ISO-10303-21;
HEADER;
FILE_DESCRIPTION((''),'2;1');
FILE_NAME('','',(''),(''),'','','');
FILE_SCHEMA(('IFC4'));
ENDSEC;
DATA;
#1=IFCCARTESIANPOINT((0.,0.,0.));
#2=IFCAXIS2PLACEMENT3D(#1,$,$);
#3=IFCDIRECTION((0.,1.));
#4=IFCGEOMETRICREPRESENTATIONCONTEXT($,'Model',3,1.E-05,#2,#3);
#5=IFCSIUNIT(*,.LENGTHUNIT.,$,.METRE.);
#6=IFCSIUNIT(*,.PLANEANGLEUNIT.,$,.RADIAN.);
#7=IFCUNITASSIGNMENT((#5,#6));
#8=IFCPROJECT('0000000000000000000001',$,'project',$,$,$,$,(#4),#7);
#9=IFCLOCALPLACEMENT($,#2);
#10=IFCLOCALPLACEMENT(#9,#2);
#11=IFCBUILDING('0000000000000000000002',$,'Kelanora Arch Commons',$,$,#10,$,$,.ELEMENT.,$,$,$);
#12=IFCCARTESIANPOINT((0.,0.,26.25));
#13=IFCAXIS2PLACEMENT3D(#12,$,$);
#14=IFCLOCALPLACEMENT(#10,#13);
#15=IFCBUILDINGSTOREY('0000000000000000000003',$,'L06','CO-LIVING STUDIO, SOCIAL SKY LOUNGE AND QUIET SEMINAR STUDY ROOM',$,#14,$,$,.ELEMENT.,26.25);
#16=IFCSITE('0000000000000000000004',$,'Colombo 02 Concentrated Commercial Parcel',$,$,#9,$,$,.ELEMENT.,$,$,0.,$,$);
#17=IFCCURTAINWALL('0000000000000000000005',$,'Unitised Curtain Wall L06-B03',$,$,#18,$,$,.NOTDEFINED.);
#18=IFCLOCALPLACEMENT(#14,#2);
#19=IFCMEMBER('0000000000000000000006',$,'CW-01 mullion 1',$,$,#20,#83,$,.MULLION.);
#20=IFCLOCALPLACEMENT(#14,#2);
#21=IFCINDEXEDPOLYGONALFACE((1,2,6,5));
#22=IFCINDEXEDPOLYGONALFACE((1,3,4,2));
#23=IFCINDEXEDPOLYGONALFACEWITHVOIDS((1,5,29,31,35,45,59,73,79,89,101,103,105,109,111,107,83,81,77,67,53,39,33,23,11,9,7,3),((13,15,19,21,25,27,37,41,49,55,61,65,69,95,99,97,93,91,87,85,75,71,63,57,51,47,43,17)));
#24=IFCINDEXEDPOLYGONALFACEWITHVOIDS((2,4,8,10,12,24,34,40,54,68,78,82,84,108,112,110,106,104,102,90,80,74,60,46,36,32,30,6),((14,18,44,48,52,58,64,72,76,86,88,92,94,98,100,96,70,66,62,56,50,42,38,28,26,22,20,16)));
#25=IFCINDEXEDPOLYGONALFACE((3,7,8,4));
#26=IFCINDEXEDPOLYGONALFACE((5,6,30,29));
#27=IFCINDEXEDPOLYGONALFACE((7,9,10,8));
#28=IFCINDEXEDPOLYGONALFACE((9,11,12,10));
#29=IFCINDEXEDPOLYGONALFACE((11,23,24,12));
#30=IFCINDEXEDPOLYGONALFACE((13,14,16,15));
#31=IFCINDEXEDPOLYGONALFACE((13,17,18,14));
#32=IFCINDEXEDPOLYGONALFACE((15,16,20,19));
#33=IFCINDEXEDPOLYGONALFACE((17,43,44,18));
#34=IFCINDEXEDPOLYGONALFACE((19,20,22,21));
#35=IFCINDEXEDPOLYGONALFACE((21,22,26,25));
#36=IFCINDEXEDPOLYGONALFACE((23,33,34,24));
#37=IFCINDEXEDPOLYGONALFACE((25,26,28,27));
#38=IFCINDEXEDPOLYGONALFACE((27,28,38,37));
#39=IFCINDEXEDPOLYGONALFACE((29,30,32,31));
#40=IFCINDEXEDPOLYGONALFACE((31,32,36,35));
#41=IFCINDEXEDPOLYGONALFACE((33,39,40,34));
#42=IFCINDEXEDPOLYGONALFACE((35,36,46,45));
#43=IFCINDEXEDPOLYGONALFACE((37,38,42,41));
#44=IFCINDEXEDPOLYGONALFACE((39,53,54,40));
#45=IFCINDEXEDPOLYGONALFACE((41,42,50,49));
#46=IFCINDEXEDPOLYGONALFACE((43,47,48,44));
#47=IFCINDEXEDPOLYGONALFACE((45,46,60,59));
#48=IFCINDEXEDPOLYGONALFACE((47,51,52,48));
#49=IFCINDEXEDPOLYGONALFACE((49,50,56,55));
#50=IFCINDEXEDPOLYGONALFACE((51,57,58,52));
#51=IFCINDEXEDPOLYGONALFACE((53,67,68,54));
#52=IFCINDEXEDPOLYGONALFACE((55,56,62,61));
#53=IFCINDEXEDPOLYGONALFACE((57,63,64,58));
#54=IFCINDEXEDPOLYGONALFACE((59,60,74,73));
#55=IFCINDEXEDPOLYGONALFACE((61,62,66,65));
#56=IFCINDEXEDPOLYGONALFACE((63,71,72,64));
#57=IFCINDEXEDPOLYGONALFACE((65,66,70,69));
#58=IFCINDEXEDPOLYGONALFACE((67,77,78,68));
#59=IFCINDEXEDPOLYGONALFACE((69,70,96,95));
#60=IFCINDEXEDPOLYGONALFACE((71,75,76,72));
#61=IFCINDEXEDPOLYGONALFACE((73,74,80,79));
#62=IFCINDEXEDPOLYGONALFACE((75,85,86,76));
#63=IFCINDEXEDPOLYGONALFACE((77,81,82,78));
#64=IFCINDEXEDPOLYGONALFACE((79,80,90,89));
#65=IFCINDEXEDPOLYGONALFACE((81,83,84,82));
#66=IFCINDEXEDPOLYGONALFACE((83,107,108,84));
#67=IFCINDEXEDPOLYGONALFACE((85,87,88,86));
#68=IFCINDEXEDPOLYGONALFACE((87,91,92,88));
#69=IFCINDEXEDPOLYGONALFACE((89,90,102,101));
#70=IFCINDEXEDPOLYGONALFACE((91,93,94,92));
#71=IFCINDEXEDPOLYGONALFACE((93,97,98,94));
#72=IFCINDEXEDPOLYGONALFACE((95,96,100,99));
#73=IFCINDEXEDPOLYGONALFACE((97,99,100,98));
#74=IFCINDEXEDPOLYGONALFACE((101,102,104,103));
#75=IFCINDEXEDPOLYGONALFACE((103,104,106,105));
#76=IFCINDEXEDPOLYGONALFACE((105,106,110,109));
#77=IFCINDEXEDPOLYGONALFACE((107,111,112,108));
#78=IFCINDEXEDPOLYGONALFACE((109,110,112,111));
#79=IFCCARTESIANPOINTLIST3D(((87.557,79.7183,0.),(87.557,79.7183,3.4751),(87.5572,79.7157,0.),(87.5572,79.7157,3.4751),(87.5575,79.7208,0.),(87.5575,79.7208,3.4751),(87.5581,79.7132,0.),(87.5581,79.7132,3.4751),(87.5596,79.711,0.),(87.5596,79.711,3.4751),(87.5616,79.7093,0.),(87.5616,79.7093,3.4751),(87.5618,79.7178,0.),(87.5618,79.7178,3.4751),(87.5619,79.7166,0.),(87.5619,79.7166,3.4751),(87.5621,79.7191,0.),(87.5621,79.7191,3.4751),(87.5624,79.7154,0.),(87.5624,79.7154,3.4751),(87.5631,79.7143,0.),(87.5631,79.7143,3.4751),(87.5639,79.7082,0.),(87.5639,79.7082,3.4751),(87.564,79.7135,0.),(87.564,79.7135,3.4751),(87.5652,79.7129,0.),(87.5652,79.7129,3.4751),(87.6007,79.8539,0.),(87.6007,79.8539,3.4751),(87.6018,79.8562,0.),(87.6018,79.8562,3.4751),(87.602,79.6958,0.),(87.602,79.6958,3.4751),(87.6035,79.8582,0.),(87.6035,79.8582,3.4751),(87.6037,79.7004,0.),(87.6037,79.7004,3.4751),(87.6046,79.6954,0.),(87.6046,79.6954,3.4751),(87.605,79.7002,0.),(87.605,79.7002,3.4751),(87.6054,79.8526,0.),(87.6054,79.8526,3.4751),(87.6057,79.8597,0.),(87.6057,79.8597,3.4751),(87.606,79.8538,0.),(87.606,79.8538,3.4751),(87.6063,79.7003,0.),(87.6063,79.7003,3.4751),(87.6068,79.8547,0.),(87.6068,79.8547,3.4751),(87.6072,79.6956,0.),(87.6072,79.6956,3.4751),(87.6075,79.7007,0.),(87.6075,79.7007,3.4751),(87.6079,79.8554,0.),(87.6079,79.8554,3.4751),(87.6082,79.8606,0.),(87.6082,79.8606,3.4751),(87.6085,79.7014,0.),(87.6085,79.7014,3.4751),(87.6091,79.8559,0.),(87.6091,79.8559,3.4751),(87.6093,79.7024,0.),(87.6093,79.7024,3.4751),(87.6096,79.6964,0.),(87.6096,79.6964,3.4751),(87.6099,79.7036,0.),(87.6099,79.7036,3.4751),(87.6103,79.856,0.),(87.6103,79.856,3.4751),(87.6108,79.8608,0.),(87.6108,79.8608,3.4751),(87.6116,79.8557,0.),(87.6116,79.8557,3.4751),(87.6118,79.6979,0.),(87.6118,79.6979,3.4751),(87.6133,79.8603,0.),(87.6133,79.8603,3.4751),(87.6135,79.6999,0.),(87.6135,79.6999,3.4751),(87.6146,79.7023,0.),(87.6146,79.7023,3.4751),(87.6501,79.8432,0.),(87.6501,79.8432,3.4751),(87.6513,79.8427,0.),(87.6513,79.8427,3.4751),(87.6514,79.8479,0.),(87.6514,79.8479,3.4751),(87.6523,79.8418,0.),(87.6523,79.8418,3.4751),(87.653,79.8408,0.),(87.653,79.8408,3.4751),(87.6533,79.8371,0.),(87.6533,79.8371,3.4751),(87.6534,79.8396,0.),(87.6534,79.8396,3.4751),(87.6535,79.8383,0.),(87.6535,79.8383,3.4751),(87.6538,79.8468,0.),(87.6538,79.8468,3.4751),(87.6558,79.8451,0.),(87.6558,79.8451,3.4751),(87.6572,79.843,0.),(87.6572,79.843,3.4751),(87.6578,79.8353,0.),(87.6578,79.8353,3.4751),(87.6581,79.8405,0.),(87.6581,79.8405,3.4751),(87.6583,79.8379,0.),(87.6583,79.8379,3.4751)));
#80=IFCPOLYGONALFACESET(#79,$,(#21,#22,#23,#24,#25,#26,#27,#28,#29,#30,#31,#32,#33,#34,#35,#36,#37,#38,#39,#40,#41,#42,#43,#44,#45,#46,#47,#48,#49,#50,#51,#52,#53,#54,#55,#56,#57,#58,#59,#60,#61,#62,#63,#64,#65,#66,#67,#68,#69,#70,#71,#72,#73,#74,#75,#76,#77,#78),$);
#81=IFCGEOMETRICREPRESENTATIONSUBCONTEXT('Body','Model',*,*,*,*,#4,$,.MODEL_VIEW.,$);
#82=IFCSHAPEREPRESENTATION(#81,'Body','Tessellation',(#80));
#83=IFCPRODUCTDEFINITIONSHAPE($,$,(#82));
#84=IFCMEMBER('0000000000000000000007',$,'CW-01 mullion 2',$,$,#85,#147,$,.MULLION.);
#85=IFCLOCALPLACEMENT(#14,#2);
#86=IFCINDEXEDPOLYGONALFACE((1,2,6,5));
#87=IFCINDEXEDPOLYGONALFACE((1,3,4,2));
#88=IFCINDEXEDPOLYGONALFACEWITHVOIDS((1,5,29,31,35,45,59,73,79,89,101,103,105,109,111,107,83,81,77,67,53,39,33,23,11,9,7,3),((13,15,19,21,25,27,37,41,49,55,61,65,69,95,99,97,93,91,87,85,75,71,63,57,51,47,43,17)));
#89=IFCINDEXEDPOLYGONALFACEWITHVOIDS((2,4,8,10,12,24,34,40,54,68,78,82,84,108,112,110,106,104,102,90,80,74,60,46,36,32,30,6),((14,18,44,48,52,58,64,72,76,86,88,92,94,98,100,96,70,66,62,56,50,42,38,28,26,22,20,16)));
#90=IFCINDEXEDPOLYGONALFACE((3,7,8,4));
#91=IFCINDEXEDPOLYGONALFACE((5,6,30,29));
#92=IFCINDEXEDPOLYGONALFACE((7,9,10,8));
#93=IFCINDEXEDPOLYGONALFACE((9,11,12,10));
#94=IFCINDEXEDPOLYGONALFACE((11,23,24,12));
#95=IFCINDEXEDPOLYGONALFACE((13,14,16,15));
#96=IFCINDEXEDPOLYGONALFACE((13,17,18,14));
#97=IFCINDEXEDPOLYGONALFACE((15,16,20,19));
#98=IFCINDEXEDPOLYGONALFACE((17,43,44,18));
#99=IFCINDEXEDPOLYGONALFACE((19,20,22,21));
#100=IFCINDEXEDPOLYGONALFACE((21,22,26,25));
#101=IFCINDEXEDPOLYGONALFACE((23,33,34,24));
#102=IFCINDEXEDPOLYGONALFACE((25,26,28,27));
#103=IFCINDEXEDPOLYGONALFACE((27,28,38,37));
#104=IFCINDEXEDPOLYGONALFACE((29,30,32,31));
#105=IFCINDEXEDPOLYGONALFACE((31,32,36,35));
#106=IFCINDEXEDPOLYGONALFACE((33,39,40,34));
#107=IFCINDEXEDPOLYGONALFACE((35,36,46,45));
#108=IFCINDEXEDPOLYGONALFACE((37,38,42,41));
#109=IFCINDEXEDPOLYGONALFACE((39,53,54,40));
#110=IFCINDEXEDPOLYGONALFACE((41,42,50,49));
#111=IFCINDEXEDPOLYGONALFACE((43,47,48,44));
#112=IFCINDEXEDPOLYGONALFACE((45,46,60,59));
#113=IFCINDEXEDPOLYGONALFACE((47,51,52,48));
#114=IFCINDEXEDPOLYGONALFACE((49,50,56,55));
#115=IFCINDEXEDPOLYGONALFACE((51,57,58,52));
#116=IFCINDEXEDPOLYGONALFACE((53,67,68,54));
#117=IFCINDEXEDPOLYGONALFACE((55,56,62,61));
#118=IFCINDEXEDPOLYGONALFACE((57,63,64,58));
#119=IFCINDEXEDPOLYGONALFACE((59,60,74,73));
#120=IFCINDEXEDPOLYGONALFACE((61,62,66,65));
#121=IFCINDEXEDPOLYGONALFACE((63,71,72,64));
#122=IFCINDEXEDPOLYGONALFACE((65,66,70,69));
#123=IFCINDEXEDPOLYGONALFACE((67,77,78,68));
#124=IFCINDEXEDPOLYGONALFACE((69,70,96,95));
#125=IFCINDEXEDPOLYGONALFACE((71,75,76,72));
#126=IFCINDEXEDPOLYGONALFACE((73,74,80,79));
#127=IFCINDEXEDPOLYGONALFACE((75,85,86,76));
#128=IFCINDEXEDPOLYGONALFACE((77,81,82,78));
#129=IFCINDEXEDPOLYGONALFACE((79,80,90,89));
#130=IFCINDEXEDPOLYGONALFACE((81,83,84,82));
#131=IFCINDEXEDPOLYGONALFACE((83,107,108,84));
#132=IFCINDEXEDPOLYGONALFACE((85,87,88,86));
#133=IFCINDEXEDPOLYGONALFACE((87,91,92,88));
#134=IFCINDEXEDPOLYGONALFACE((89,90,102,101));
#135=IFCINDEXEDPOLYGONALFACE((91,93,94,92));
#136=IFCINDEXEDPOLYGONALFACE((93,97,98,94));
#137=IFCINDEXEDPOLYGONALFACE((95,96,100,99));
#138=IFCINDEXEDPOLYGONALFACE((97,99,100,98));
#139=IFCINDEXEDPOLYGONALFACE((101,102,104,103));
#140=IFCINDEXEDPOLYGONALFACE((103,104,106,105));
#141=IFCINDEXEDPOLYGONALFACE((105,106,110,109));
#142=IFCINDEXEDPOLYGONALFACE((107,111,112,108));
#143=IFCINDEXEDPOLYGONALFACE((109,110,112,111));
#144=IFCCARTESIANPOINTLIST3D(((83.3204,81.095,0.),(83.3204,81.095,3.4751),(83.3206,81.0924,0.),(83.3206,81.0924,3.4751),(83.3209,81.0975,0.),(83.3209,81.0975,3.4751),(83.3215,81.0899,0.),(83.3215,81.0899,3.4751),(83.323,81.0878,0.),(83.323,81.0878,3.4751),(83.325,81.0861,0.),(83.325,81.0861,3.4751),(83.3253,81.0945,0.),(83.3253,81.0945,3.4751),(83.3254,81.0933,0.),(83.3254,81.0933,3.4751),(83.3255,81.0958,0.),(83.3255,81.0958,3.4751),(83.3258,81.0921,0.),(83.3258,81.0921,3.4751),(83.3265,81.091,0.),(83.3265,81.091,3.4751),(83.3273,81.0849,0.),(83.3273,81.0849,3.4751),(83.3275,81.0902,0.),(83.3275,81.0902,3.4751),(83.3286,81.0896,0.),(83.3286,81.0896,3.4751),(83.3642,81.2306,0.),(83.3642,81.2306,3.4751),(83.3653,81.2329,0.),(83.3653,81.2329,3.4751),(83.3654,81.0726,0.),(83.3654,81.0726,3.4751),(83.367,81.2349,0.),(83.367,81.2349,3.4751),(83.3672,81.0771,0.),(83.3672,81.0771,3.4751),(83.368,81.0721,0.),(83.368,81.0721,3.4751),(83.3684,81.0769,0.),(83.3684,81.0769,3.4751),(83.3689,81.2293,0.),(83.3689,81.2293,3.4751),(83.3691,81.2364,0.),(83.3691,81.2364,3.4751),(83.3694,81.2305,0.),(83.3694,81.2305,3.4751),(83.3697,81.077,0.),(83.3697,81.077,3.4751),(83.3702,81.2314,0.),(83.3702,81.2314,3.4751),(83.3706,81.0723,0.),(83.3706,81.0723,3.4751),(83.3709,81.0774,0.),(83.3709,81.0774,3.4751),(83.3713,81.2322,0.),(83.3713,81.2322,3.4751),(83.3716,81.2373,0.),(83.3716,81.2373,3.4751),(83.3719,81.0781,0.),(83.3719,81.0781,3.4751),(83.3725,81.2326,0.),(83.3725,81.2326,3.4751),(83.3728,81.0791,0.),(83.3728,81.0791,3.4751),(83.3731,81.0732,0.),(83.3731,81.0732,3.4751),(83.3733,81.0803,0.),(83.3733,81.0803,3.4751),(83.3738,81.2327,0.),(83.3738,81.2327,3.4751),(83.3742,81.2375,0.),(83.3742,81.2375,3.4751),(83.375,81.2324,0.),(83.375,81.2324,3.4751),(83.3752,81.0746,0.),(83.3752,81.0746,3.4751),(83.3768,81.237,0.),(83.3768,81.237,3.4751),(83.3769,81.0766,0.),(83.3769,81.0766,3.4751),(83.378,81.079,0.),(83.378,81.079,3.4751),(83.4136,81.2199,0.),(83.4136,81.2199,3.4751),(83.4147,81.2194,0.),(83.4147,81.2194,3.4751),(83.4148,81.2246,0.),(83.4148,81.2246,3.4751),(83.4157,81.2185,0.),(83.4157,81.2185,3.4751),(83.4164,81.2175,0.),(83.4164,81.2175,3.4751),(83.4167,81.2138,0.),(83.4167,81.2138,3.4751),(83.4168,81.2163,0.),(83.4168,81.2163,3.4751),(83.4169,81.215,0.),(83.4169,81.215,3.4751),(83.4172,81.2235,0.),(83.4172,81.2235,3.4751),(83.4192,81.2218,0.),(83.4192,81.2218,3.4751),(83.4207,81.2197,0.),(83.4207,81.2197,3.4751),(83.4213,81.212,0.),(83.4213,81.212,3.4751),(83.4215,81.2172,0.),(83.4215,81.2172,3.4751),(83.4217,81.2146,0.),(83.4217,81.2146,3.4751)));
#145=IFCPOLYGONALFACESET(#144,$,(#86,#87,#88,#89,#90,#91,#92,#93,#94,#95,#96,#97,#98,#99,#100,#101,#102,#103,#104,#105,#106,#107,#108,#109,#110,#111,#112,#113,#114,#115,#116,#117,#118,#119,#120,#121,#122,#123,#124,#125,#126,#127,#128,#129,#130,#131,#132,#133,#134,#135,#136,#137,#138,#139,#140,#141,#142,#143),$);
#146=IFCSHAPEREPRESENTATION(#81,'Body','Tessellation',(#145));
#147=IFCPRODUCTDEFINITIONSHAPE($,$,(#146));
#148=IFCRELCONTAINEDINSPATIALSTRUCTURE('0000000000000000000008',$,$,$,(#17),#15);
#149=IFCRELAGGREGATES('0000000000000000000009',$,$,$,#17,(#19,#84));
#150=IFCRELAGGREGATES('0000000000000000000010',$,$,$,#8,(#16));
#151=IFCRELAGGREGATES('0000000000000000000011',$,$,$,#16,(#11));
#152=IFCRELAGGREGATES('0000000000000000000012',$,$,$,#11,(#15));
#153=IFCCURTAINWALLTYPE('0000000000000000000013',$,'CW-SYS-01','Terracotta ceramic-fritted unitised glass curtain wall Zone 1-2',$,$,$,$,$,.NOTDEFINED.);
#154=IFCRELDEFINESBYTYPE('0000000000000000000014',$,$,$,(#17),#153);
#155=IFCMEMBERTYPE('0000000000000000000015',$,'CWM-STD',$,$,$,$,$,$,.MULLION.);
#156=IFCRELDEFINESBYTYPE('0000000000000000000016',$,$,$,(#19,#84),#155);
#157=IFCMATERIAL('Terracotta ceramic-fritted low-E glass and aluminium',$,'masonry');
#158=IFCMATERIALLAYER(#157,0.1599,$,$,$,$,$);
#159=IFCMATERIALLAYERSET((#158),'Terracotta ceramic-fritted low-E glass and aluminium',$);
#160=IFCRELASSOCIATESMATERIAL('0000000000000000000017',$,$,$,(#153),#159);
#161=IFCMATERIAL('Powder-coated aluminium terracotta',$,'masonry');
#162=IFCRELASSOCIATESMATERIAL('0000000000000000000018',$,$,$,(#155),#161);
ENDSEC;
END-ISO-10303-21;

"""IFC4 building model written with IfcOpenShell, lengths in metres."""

from ifc_helpers import new_model, si_unit, direction, frame, origin, origin_2d, place, context, subcontext, project, spatial, hollow_rectangle, extrude, material, layer, layer_set, material_profile, profile_set, type_object, element, aggregate, save


model = new_model("IFC4")

# Units and contexts
model_context = context("Model", 3, precision=1e-05, world=origin(), true_north=direction((0.0, 1.0)))
body_context = subcontext(model_context, "Body", "Model", "MODEL_VIEW")
ifc_project = project(units=[si_unit("LENGTHUNIT", "METRE"), si_unit("PLANEANGLEUNIT", "RADIAN")], contexts=[model_context])

# Site, building, storey
site_placement = place(None, origin())
site = spatial("IfcSite", under=ifc_project, at=site_placement, Name="Colombo 02 Concentrated Commercial Parcel", CompositionType="ELEMENT", RefElevation=0.0)
building_placement = place(site_placement, origin())
building = spatial("IfcBuilding", under=site, at=building_placement, Name="Kelanora Arch Commons", CompositionType="ELEMENT")
storey_placement = place(building_placement, frame((0.0, 0.0, 26.25)))
storey = spatial("IfcBuildingStorey", under=building, at=storey_placement, Name="L06", Description="CO-LIVING STUDIO, SOCIAL SKY LOUNGE AND QUIET SEMINAR STUDY ROOM", CompositionType="ELEMENT", Elevation=26.25)

# Curtain wall, members
ifc_material_1 = material(Name="Terracotta ceramic-fritted low-E glass and aluminium", Category="masonry")
ifc_layer_1 = layer(ifc_material_1, 0.1599)
ifc_layer_set_1 = layer_set([ifc_layer_1], Name="Terracotta ceramic-fritted low-E glass and aluminium")
curtain_wall_type = type_object("IfcCurtainWallType", Name="CW-SYS-01", Description="Terracotta ceramic-fritted unitised glass curtain wall Zone 1-2", PredefinedType="NOTDEFINED", material=ifc_layer_set_1)
curtain_wall_placement = place(storey_placement, origin())
curtain_wall = element("IfcCurtainWall", 1, at=curtain_wall_placement, inside=storey, type_object=curtain_wall_type, Name="Unitised Curtain Wall L06-B03", PredefinedType="NOTDEFINED")
ifc_material_2 = material(Name="Powder-coated aluminium terracotta", Category="masonry")
ifc_material_profile_1 = material_profile(ifc_material_2, hollow_rectangle(XDim=0.1599, YDim=0.0601, WallThickness=0.0049, InnerFilletRadius=0.0049, OuterFilletRadius=0.01, at=origin_2d()), Name="CWM160x60")
ifc_profile_set_1 = profile_set([ifc_material_profile_1], Name="Powder-coated aluminium terracotta")
member_type_1 = type_object("IfcMemberType", Name="CWM-STD", PredefinedType="MULLION", material=ifc_profile_set_1)
member_1_placement = place(storey_placement, frame((87.6077, 79.7781, 0.0), z_axis=(0.0, 0.0, 1.0), x_axis=(-0.309058, -0.951043, 0.0)))
member_1 = element("IfcMember", 2, at=member_1_placement, type_object=member_type_1, Name="CW-01 mullion 1", PredefinedType="MULLION", context=body_context, shape_type="SweptSolid", body=[
    extrude(hollow_rectangle(XDim=0.1599, YDim=0.0601, WallThickness=0.0049, InnerFilletRadius=0.0049, OuterFilletRadius=0.01, at=origin_2d()), origin(), (0.0, 0.0, 1.0), 3.4751),
])
member_2_placement = place(storey_placement, frame((83.3711, 81.1548, 0.0), z_axis=(0.0, 0.0, 1.0), x_axis=(-0.309058, -0.951043, 0.0)))
member_2 = element("IfcMember", 3, at=member_2_placement, type_object=member_type_1, Name="CW-01 mullion 2", PredefinedType="MULLION", context=body_context, shape_type="SweptSolid", body=[
    extrude(hollow_rectangle(XDim=0.1599, YDim=0.0601, WallThickness=0.0049, InnerFilletRadius=0.0049, OuterFilletRadius=0.01, at=origin_2d()), origin(), (0.0, 0.0, 1.0), 3.4751),
])
aggregate(curtain_wall, [member_1, member_2])

save(model, "model.ifc")
